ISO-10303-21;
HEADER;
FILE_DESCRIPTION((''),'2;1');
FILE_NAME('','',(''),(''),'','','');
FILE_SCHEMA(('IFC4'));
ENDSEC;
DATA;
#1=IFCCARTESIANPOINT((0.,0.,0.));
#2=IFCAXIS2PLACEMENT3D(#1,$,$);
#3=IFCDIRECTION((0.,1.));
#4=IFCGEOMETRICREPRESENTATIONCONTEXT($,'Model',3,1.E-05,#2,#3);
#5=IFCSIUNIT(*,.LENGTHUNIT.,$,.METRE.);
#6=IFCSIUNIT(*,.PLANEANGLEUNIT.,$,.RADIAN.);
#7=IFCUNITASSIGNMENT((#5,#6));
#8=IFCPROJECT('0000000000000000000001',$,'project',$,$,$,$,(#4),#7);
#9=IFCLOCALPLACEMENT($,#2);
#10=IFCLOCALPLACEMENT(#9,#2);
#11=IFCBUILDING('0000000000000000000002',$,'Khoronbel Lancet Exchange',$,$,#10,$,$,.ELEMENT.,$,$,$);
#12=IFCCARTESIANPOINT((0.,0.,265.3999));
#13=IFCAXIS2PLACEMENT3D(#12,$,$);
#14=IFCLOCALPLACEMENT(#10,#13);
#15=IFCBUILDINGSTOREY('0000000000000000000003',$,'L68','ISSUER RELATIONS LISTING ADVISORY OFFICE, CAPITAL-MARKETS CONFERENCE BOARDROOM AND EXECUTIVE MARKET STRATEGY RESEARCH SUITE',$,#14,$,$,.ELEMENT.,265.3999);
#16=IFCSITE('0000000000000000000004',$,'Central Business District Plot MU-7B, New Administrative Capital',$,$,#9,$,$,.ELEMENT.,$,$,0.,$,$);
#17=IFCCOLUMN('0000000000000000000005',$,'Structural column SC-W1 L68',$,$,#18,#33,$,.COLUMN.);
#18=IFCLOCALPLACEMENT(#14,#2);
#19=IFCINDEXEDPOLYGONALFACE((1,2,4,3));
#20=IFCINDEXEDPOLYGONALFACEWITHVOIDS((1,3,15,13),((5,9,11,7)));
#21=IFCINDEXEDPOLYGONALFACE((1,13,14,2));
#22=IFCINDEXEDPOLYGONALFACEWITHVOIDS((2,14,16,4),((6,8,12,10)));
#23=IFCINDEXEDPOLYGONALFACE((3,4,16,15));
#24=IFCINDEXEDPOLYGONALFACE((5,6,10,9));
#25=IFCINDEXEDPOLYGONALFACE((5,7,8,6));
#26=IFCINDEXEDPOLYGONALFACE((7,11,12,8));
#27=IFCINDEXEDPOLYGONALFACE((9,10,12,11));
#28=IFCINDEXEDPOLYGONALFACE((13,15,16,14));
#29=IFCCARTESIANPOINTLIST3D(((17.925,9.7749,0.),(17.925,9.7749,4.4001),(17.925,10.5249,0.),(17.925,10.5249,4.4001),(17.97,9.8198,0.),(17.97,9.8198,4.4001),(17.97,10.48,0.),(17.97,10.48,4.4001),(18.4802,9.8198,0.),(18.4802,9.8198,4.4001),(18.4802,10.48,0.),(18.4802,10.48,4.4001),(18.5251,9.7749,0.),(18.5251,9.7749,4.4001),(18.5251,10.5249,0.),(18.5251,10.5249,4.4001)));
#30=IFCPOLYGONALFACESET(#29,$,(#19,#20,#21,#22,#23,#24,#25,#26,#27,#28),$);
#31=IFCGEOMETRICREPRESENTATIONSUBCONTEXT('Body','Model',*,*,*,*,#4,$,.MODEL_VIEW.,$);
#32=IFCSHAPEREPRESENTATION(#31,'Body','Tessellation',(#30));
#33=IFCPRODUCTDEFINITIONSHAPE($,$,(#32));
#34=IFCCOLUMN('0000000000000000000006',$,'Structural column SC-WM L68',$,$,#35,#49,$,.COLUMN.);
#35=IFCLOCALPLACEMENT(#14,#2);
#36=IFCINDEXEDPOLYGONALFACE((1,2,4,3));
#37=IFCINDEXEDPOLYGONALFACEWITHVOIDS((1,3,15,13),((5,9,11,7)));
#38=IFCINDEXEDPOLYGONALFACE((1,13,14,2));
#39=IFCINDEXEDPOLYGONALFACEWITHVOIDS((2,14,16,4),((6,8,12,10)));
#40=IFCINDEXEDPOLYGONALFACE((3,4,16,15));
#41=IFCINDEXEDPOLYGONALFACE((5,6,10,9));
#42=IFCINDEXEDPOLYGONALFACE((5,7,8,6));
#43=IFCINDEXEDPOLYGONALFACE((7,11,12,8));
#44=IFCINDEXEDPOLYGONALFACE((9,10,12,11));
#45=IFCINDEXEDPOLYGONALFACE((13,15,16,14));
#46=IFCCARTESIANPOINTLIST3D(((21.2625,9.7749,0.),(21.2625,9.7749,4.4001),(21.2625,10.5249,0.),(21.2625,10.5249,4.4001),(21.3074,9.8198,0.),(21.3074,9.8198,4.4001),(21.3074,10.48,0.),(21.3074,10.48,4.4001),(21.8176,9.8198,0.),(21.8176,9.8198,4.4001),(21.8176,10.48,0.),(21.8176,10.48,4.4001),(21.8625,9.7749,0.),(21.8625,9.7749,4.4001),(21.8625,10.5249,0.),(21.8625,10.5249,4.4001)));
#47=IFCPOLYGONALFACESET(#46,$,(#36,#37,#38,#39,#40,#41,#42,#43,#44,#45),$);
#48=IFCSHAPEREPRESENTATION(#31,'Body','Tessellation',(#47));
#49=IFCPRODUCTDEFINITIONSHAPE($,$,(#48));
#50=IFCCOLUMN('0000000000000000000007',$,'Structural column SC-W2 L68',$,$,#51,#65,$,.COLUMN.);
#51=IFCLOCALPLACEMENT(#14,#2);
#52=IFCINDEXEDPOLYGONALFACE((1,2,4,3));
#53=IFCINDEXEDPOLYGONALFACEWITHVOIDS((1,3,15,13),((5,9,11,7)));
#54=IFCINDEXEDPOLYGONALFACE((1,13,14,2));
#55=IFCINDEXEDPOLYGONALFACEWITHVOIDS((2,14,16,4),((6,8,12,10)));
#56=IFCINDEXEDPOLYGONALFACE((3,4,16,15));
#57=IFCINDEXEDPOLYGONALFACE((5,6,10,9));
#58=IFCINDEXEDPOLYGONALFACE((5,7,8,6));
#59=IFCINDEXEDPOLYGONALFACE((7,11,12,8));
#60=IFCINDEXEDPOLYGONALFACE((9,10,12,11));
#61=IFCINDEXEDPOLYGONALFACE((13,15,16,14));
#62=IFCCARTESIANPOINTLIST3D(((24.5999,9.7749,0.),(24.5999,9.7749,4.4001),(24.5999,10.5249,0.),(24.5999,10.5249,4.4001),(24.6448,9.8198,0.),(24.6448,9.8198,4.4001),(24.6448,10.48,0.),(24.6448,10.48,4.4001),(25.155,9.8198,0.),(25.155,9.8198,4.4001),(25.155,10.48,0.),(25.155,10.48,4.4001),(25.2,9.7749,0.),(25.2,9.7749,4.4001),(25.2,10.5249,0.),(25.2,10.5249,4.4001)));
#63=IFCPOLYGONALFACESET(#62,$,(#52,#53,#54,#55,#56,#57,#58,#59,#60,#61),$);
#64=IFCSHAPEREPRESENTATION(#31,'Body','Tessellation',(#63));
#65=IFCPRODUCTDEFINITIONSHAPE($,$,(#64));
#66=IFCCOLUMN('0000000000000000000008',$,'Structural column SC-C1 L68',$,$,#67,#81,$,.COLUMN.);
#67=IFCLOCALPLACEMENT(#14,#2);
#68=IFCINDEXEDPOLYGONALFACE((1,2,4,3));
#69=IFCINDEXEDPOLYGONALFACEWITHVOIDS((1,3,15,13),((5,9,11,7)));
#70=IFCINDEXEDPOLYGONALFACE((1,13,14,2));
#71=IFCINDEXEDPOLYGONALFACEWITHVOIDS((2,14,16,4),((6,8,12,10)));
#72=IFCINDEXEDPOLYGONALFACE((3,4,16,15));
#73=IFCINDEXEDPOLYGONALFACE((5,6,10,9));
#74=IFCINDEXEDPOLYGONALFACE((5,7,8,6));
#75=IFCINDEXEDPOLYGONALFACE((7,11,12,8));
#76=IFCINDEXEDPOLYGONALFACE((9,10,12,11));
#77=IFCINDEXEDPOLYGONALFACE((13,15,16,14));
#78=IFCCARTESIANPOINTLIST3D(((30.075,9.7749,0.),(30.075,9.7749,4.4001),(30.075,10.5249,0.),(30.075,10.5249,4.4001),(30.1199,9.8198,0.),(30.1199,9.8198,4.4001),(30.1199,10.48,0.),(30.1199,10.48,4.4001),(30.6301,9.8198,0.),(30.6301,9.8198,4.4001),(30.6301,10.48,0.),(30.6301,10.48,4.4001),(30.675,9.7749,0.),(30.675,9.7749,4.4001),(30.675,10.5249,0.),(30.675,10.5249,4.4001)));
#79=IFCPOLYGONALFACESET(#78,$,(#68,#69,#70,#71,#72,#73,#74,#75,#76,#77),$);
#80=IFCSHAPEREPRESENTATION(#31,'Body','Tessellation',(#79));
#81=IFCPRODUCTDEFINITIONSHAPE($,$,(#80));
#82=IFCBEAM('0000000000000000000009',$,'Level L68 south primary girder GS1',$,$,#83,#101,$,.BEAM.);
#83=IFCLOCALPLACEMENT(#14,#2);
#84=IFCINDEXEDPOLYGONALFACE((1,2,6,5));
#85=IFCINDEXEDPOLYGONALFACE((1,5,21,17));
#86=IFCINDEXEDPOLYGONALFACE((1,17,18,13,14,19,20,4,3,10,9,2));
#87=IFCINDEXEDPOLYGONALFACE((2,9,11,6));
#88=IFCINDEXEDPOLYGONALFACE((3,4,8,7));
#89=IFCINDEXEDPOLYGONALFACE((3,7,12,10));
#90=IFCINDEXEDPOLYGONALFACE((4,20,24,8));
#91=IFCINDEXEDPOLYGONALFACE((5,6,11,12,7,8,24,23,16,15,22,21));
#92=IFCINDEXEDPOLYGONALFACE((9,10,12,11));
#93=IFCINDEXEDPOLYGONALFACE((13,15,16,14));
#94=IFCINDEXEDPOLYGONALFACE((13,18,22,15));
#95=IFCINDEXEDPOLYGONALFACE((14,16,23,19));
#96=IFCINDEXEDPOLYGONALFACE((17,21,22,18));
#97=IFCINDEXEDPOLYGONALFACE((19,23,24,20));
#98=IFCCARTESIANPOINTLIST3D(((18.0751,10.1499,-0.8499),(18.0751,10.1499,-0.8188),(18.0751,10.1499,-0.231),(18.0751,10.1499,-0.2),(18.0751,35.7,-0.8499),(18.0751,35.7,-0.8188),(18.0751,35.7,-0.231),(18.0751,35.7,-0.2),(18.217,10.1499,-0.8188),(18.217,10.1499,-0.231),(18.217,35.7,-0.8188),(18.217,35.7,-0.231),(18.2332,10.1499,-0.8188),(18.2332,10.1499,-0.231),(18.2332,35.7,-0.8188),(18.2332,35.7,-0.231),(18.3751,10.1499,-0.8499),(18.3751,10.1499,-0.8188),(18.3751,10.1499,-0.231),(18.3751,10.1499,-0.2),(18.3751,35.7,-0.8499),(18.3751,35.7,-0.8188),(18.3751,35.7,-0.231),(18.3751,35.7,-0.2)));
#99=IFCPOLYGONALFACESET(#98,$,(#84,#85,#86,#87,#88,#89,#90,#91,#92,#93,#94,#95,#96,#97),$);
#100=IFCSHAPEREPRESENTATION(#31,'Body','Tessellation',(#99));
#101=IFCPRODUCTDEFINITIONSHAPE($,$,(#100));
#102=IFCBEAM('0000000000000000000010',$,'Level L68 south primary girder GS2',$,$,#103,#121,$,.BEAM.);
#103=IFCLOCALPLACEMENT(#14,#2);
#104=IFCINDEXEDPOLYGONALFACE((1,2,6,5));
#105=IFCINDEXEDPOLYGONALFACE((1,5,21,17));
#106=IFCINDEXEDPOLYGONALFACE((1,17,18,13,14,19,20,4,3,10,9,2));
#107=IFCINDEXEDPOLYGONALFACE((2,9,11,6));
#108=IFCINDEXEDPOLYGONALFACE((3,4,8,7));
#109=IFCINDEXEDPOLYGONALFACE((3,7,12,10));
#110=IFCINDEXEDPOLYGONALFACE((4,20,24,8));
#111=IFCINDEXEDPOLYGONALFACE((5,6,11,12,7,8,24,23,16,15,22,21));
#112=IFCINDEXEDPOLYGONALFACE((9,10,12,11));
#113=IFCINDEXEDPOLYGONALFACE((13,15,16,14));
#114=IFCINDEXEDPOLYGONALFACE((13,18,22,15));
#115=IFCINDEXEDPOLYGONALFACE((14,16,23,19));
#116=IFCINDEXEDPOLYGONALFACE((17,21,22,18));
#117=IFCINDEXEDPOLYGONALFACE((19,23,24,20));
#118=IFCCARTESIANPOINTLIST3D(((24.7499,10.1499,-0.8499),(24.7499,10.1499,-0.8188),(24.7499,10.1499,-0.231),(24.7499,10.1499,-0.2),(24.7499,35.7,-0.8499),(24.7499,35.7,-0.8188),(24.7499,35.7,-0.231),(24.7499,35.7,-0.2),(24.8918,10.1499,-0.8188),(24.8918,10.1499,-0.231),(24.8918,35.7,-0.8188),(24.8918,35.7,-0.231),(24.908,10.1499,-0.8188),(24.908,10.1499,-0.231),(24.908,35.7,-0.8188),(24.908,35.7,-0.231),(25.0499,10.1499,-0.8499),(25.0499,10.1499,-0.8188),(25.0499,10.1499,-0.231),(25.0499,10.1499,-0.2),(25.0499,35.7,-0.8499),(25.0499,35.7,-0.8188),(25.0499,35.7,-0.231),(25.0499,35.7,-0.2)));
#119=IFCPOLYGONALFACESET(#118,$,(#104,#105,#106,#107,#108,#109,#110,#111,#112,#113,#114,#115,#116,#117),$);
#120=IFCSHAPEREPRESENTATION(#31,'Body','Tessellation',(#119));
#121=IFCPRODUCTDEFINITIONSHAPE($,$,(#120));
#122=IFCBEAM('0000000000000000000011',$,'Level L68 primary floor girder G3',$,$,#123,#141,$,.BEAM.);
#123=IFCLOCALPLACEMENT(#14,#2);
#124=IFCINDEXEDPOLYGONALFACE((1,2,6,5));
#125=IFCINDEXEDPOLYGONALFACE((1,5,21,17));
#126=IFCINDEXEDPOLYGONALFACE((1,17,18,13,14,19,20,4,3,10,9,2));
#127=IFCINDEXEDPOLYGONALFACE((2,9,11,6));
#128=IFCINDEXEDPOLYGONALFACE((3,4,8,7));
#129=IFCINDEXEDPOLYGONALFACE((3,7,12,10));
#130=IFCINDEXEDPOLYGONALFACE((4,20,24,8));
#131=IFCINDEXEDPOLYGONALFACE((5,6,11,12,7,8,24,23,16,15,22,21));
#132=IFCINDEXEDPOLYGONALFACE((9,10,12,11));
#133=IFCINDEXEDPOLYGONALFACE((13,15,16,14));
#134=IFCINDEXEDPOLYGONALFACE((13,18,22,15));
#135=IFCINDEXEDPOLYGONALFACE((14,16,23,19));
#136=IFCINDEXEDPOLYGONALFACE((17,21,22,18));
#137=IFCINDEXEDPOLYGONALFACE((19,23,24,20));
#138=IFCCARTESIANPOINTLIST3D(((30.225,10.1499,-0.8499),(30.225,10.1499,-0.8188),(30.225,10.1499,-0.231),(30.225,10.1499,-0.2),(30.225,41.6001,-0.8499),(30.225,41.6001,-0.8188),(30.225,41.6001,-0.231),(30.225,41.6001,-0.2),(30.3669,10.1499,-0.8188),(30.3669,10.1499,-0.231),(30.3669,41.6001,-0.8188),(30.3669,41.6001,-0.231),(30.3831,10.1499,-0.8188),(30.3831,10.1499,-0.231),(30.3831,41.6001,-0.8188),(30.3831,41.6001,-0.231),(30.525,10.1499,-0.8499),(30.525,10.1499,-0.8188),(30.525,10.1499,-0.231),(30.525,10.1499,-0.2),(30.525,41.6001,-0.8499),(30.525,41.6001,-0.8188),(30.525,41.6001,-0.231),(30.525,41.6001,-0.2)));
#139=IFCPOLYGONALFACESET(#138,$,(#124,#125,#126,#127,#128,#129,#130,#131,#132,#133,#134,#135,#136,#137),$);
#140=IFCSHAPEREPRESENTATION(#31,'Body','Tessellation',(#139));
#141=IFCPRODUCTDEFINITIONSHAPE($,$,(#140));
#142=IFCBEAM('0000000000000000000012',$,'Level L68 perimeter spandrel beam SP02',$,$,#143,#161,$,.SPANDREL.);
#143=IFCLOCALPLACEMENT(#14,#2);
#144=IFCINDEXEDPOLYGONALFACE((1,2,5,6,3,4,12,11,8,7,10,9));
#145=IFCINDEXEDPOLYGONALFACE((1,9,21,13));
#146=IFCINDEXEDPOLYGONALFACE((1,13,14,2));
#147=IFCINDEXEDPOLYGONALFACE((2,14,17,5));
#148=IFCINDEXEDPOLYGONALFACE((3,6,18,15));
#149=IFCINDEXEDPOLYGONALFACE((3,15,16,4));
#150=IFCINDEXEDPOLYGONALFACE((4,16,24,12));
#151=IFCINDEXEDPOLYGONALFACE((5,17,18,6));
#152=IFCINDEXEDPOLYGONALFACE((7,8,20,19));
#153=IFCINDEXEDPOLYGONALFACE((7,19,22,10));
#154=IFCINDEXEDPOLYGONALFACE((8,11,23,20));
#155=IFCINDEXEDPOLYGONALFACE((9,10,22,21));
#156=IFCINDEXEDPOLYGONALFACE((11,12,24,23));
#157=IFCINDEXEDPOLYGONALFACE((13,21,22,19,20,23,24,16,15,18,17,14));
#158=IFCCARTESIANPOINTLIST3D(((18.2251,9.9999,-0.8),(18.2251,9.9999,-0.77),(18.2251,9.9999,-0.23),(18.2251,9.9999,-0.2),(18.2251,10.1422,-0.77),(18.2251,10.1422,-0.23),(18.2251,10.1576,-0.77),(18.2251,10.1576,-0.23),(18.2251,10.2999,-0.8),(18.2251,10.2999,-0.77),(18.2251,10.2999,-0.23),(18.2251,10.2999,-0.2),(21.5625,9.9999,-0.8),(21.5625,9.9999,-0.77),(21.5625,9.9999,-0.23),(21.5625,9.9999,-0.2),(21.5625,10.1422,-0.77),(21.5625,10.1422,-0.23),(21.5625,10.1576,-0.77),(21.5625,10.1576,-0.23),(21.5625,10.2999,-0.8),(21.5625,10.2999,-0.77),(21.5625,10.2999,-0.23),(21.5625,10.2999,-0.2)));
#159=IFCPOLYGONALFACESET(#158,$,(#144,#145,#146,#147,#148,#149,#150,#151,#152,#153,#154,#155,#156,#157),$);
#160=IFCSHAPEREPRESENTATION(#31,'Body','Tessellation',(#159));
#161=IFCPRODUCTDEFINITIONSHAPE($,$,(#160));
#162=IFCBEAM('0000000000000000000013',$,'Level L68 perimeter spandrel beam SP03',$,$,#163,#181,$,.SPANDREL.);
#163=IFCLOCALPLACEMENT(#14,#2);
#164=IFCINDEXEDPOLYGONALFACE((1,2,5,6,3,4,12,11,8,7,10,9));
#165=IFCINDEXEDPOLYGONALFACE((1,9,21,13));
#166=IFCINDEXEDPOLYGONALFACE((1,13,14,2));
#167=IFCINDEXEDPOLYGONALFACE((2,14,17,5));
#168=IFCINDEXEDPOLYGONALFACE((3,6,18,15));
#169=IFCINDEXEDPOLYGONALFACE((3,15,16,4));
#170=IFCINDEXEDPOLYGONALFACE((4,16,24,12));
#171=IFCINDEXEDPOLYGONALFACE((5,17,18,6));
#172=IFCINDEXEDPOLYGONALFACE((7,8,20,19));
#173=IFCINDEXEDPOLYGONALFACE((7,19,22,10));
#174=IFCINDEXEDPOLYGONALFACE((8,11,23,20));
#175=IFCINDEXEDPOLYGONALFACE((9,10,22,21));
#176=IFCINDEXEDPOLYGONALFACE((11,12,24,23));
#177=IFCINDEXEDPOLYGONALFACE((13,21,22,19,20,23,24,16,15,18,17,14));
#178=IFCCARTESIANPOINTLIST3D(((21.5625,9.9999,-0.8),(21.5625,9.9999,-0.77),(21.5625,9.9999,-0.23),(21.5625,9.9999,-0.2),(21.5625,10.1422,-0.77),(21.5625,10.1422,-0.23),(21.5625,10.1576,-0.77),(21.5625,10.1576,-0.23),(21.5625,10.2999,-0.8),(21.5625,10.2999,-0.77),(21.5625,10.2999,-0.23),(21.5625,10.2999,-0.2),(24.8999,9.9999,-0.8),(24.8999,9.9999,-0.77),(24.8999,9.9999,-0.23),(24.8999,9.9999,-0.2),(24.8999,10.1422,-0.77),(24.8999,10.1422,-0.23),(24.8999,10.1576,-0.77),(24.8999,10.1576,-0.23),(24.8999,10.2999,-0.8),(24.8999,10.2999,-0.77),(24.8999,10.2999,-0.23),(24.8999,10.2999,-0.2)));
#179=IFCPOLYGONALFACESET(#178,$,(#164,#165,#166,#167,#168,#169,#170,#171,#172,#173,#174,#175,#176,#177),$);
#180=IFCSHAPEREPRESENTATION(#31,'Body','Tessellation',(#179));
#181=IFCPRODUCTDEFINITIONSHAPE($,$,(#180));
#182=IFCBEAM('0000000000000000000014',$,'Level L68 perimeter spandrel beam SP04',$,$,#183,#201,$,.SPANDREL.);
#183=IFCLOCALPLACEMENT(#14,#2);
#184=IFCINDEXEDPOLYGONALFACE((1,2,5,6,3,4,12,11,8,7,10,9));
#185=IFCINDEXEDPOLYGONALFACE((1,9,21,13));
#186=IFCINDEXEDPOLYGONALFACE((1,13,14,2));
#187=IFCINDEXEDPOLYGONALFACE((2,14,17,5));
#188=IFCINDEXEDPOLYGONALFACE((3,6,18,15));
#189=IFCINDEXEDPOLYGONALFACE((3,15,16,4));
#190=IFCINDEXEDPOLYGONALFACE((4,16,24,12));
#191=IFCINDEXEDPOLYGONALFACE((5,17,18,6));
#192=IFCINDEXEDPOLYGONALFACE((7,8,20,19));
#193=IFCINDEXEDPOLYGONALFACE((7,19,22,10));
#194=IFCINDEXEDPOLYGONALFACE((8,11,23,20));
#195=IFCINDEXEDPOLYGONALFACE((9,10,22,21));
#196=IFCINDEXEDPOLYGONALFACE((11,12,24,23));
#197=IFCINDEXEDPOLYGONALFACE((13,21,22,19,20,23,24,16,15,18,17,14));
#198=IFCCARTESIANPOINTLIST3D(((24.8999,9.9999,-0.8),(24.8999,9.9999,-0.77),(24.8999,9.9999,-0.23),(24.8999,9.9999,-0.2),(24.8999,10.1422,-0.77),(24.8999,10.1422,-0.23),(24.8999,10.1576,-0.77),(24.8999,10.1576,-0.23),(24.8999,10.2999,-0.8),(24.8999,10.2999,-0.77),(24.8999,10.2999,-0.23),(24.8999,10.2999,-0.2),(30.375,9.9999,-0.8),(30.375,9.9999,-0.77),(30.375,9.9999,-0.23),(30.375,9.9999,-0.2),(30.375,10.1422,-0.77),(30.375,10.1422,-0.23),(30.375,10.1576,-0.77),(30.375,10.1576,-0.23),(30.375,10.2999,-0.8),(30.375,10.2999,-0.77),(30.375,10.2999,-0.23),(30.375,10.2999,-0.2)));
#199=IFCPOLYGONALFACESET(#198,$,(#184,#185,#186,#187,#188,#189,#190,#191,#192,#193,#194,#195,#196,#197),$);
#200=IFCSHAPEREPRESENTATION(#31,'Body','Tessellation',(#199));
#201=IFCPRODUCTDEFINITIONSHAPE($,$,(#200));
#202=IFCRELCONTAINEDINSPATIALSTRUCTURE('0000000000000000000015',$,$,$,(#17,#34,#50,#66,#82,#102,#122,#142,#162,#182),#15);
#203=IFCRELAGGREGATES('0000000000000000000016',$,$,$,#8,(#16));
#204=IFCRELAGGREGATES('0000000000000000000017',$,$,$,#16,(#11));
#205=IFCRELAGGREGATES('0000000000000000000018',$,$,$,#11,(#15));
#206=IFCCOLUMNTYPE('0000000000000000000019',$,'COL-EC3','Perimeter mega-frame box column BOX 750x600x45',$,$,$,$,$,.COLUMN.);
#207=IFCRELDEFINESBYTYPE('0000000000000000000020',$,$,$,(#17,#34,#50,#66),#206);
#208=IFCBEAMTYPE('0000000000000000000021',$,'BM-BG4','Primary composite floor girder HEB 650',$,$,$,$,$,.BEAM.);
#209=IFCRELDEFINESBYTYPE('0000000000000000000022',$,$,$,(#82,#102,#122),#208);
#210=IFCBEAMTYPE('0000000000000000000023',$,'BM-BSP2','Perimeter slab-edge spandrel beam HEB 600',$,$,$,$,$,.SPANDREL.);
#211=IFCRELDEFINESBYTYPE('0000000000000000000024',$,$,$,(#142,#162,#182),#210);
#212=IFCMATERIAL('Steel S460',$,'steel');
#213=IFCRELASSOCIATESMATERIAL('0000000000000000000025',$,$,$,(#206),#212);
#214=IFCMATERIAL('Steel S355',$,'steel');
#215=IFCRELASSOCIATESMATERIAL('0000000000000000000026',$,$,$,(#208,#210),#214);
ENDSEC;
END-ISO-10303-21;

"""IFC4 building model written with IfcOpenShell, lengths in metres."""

from ifc_helpers import new_model, si_unit, direction, frame, origin, origin_2d, place, context, subcontext, project, spatial, hollow_rectangle, i_section, extrude, material, material_profile, profile_set, type_object, element, save


model = new_model("IFC4")

# Units and contexts
model_context = context("Model", 3, precision=1e-05, world=origin(), true_north=direction((0.0, 1.0)))
body_context = subcontext(model_context, "Body", "Model", "MODEL_VIEW")
ifc_project = project(units=[si_unit("LENGTHUNIT", "METRE"), si_unit("PLANEANGLEUNIT", "RADIAN")], contexts=[model_context])

# Site, building, storey
site_placement = place(None, origin())
site = spatial("IfcSite", under=ifc_project, at=site_placement, Name="Central Business District Plot MU-7B, New Administrative Capital", CompositionType="ELEMENT", RefElevation=0.0)
building_placement = place(site_placement, origin())
building = spatial("IfcBuilding", under=site, at=building_placement, Name="Khoronbel Lancet Exchange", CompositionType="ELEMENT")
storey_placement = place(building_placement, frame((0.0, 0.0, 265.3999)))
storey = spatial("IfcBuildingStorey", under=building, at=storey_placement, Name="L68", Description="ISSUER RELATIONS LISTING ADVISORY OFFICE, CAPITAL-MARKETS CONFERENCE BOARDROOM AND EXECUTIVE MARKET STRATEGY RESEARCH SUITE", CompositionType="ELEMENT", Elevation=265.3999)

# Columns
ifc_material_1 = material(Name="Steel S460", Category="steel")
ifc_material_profile_1 = material_profile(ifc_material_1, hollow_rectangle(XDim=0.6001, YDim=0.75, WallThickness=0.0449, at=origin_2d()), Name="BOX 750x600x45")
ifc_profile_set_1 = profile_set([ifc_material_profile_1], Name="Steel S460")
column_type = type_object("IfcColumnType", Name="COL-EC3", Description="Perimeter mega-frame box column BOX 750x600x45", PredefinedType="COLUMN", material=ifc_profile_set_1)
for number, where, z_axis, x_axis, name in (
    (1, (18.2251, 10.1499, 0.0), (0.0, 0.0, 1.0), (1.0, 0.0, 0.0), "Structural column SC-W1 L68"),
    (2, (21.5625, 10.1499, 0.0), (0.0, 0.0, 1.0), (1.0, 0.0, 0.0), "Structural column SC-WM L68"),
    (3, (24.8999, 10.1499, 0.0), (0.0, 0.0, 1.0), (1.0, 0.0, 0.0), "Structural column SC-W2 L68"),
    (4, (30.375, 10.1499, 0.0), (0.0, 0.0, 1.0), (1.0, 0.0, 0.0), "Structural column SC-C1 L68"),
):
    element("IfcColumn", number, at=place(storey_placement, frame(where, z_axis=z_axis, x_axis=x_axis)), inside=storey, type_object=column_type, Name=name, PredefinedType="COLUMN", context=body_context, shape_type="SweptSolid", body=[
        extrude(hollow_rectangle(XDim=0.6001, YDim=0.75, WallThickness=0.0449, at=origin_2d()), origin(), (0.0, 0.0, 1.0), 4.4001),
    ])

# Beams
ifc_material_2 = material(Name="Steel S355", Category="steel")
ifc_material_profile_2 = material_profile(ifc_material_2, i_section(OverallWidth=0.3, OverallDepth=0.6499, WebThickness=0.0161, FlangeThickness=0.031, at=origin_2d()), Name="HEB 650")
ifc_profile_set_2 = profile_set([ifc_material_profile_2], Name="Steel S355")
beam_type_1 = type_object("IfcBeamType", Name="BM-BG4", Description="Primary composite floor girder HEB 650", PredefinedType="BEAM", material=ifc_profile_set_2)
for number, where, z_axis, x_axis, name in (
    (5, (18.2251, 10.1499, -0.5249), (0.0, 1.0, 0.0), (-1.0, 0.0, 0.0), "Level L68 south primary girder GS1"),
    (6, (24.8999, 10.1499, -0.5249), (0.0, 1.0, 0.0), (-1.0, 0.0, 0.0), "Level L68 south primary girder GS2"),
):
    element("IfcBeam", number, at=place(storey_placement, frame(where, z_axis=z_axis, x_axis=x_axis)), inside=storey, type_object=beam_type_1, Name=name, PredefinedType="BEAM", context=body_context, shape_type="SweptSolid", body=[
        extrude(i_section(OverallWidth=0.3, OverallDepth=0.6499, WebThickness=0.0161, FlangeThickness=0.031, at=origin_2d()), origin(), (0.0, 0.0, 1.0), 25.55),
    ])
beam_1_placement = place(storey_placement, frame((30.375, 10.1499, -0.5249), z_axis=(0.0, 1.0, 0.0), x_axis=(-1.0, 0.0, 0.0)))
element("IfcBeam", 7, at=beam_1_placement, inside=storey, type_object=beam_type_1, Name="Level L68 primary floor girder G3", PredefinedType="BEAM", context=body_context, shape_type="SweptSolid", body=[
    extrude(i_section(OverallWidth=0.3, OverallDepth=0.6499, WebThickness=0.0161, FlangeThickness=0.031, at=origin_2d()), origin(), (0.0, 0.0, 1.0), 31.4502),
])
ifc_material_profile_3 = material_profile(ifc_material_2, i_section(OverallWidth=0.3, OverallDepth=0.6001, WebThickness=0.0154, FlangeThickness=0.03, at=origin_2d()), Name="HEB 600")
ifc_profile_set_3 = profile_set([ifc_material_profile_3], Name="Steel S355")
beam_type_2 = type_object("IfcBeamType", Name="BM-BSP2", Description="Perimeter slab-edge spandrel beam HEB 600", PredefinedType="SPANDREL", material=ifc_profile_set_3)
for number, where, z_axis, x_axis, name in (
    (8, (18.2251, 10.1499, -0.5), (1.0, 0.0, 0.0), (0.0, 1.0, 0.0), "Level L68 perimeter spandrel beam SP02"),
    (9, (21.5625, 10.1499, -0.5), (1.0, 0.0, 0.0), (0.0, 1.0, 0.0), "Level L68 perimeter spandrel beam SP03"),
):
    element("IfcBeam", number, at=place(storey_placement, frame(where, z_axis=z_axis, x_axis=x_axis)), inside=storey, type_object=beam_type_2, Name=name, PredefinedType="SPANDREL", context=body_context, shape_type="SweptSolid", body=[
        extrude(i_section(OverallWidth=0.3, OverallDepth=0.6001, WebThickness=0.0154, FlangeThickness=0.03, at=origin_2d()), origin(), (0.0, 0.0, 1.0), 3.3374),
    ])
beam_2_placement = place(storey_placement, frame((24.8999, 10.1499, -0.5), z_axis=(1.0, 0.0, 0.0), x_axis=(0.0, 1.0, 0.0)))
element("IfcBeam", 10, at=beam_2_placement, inside=storey, type_object=beam_type_2, Name="Level L68 perimeter spandrel beam SP04", PredefinedType="SPANDREL", context=body_context, shape_type="SweptSolid", body=[
    extrude(i_section(OverallWidth=0.3, OverallDepth=0.6001, WebThickness=0.0154, FlangeThickness=0.03, at=origin_2d()), origin(), (0.0, 0.0, 1.0), 5.4751),
])

save(model, "model.ifc")
